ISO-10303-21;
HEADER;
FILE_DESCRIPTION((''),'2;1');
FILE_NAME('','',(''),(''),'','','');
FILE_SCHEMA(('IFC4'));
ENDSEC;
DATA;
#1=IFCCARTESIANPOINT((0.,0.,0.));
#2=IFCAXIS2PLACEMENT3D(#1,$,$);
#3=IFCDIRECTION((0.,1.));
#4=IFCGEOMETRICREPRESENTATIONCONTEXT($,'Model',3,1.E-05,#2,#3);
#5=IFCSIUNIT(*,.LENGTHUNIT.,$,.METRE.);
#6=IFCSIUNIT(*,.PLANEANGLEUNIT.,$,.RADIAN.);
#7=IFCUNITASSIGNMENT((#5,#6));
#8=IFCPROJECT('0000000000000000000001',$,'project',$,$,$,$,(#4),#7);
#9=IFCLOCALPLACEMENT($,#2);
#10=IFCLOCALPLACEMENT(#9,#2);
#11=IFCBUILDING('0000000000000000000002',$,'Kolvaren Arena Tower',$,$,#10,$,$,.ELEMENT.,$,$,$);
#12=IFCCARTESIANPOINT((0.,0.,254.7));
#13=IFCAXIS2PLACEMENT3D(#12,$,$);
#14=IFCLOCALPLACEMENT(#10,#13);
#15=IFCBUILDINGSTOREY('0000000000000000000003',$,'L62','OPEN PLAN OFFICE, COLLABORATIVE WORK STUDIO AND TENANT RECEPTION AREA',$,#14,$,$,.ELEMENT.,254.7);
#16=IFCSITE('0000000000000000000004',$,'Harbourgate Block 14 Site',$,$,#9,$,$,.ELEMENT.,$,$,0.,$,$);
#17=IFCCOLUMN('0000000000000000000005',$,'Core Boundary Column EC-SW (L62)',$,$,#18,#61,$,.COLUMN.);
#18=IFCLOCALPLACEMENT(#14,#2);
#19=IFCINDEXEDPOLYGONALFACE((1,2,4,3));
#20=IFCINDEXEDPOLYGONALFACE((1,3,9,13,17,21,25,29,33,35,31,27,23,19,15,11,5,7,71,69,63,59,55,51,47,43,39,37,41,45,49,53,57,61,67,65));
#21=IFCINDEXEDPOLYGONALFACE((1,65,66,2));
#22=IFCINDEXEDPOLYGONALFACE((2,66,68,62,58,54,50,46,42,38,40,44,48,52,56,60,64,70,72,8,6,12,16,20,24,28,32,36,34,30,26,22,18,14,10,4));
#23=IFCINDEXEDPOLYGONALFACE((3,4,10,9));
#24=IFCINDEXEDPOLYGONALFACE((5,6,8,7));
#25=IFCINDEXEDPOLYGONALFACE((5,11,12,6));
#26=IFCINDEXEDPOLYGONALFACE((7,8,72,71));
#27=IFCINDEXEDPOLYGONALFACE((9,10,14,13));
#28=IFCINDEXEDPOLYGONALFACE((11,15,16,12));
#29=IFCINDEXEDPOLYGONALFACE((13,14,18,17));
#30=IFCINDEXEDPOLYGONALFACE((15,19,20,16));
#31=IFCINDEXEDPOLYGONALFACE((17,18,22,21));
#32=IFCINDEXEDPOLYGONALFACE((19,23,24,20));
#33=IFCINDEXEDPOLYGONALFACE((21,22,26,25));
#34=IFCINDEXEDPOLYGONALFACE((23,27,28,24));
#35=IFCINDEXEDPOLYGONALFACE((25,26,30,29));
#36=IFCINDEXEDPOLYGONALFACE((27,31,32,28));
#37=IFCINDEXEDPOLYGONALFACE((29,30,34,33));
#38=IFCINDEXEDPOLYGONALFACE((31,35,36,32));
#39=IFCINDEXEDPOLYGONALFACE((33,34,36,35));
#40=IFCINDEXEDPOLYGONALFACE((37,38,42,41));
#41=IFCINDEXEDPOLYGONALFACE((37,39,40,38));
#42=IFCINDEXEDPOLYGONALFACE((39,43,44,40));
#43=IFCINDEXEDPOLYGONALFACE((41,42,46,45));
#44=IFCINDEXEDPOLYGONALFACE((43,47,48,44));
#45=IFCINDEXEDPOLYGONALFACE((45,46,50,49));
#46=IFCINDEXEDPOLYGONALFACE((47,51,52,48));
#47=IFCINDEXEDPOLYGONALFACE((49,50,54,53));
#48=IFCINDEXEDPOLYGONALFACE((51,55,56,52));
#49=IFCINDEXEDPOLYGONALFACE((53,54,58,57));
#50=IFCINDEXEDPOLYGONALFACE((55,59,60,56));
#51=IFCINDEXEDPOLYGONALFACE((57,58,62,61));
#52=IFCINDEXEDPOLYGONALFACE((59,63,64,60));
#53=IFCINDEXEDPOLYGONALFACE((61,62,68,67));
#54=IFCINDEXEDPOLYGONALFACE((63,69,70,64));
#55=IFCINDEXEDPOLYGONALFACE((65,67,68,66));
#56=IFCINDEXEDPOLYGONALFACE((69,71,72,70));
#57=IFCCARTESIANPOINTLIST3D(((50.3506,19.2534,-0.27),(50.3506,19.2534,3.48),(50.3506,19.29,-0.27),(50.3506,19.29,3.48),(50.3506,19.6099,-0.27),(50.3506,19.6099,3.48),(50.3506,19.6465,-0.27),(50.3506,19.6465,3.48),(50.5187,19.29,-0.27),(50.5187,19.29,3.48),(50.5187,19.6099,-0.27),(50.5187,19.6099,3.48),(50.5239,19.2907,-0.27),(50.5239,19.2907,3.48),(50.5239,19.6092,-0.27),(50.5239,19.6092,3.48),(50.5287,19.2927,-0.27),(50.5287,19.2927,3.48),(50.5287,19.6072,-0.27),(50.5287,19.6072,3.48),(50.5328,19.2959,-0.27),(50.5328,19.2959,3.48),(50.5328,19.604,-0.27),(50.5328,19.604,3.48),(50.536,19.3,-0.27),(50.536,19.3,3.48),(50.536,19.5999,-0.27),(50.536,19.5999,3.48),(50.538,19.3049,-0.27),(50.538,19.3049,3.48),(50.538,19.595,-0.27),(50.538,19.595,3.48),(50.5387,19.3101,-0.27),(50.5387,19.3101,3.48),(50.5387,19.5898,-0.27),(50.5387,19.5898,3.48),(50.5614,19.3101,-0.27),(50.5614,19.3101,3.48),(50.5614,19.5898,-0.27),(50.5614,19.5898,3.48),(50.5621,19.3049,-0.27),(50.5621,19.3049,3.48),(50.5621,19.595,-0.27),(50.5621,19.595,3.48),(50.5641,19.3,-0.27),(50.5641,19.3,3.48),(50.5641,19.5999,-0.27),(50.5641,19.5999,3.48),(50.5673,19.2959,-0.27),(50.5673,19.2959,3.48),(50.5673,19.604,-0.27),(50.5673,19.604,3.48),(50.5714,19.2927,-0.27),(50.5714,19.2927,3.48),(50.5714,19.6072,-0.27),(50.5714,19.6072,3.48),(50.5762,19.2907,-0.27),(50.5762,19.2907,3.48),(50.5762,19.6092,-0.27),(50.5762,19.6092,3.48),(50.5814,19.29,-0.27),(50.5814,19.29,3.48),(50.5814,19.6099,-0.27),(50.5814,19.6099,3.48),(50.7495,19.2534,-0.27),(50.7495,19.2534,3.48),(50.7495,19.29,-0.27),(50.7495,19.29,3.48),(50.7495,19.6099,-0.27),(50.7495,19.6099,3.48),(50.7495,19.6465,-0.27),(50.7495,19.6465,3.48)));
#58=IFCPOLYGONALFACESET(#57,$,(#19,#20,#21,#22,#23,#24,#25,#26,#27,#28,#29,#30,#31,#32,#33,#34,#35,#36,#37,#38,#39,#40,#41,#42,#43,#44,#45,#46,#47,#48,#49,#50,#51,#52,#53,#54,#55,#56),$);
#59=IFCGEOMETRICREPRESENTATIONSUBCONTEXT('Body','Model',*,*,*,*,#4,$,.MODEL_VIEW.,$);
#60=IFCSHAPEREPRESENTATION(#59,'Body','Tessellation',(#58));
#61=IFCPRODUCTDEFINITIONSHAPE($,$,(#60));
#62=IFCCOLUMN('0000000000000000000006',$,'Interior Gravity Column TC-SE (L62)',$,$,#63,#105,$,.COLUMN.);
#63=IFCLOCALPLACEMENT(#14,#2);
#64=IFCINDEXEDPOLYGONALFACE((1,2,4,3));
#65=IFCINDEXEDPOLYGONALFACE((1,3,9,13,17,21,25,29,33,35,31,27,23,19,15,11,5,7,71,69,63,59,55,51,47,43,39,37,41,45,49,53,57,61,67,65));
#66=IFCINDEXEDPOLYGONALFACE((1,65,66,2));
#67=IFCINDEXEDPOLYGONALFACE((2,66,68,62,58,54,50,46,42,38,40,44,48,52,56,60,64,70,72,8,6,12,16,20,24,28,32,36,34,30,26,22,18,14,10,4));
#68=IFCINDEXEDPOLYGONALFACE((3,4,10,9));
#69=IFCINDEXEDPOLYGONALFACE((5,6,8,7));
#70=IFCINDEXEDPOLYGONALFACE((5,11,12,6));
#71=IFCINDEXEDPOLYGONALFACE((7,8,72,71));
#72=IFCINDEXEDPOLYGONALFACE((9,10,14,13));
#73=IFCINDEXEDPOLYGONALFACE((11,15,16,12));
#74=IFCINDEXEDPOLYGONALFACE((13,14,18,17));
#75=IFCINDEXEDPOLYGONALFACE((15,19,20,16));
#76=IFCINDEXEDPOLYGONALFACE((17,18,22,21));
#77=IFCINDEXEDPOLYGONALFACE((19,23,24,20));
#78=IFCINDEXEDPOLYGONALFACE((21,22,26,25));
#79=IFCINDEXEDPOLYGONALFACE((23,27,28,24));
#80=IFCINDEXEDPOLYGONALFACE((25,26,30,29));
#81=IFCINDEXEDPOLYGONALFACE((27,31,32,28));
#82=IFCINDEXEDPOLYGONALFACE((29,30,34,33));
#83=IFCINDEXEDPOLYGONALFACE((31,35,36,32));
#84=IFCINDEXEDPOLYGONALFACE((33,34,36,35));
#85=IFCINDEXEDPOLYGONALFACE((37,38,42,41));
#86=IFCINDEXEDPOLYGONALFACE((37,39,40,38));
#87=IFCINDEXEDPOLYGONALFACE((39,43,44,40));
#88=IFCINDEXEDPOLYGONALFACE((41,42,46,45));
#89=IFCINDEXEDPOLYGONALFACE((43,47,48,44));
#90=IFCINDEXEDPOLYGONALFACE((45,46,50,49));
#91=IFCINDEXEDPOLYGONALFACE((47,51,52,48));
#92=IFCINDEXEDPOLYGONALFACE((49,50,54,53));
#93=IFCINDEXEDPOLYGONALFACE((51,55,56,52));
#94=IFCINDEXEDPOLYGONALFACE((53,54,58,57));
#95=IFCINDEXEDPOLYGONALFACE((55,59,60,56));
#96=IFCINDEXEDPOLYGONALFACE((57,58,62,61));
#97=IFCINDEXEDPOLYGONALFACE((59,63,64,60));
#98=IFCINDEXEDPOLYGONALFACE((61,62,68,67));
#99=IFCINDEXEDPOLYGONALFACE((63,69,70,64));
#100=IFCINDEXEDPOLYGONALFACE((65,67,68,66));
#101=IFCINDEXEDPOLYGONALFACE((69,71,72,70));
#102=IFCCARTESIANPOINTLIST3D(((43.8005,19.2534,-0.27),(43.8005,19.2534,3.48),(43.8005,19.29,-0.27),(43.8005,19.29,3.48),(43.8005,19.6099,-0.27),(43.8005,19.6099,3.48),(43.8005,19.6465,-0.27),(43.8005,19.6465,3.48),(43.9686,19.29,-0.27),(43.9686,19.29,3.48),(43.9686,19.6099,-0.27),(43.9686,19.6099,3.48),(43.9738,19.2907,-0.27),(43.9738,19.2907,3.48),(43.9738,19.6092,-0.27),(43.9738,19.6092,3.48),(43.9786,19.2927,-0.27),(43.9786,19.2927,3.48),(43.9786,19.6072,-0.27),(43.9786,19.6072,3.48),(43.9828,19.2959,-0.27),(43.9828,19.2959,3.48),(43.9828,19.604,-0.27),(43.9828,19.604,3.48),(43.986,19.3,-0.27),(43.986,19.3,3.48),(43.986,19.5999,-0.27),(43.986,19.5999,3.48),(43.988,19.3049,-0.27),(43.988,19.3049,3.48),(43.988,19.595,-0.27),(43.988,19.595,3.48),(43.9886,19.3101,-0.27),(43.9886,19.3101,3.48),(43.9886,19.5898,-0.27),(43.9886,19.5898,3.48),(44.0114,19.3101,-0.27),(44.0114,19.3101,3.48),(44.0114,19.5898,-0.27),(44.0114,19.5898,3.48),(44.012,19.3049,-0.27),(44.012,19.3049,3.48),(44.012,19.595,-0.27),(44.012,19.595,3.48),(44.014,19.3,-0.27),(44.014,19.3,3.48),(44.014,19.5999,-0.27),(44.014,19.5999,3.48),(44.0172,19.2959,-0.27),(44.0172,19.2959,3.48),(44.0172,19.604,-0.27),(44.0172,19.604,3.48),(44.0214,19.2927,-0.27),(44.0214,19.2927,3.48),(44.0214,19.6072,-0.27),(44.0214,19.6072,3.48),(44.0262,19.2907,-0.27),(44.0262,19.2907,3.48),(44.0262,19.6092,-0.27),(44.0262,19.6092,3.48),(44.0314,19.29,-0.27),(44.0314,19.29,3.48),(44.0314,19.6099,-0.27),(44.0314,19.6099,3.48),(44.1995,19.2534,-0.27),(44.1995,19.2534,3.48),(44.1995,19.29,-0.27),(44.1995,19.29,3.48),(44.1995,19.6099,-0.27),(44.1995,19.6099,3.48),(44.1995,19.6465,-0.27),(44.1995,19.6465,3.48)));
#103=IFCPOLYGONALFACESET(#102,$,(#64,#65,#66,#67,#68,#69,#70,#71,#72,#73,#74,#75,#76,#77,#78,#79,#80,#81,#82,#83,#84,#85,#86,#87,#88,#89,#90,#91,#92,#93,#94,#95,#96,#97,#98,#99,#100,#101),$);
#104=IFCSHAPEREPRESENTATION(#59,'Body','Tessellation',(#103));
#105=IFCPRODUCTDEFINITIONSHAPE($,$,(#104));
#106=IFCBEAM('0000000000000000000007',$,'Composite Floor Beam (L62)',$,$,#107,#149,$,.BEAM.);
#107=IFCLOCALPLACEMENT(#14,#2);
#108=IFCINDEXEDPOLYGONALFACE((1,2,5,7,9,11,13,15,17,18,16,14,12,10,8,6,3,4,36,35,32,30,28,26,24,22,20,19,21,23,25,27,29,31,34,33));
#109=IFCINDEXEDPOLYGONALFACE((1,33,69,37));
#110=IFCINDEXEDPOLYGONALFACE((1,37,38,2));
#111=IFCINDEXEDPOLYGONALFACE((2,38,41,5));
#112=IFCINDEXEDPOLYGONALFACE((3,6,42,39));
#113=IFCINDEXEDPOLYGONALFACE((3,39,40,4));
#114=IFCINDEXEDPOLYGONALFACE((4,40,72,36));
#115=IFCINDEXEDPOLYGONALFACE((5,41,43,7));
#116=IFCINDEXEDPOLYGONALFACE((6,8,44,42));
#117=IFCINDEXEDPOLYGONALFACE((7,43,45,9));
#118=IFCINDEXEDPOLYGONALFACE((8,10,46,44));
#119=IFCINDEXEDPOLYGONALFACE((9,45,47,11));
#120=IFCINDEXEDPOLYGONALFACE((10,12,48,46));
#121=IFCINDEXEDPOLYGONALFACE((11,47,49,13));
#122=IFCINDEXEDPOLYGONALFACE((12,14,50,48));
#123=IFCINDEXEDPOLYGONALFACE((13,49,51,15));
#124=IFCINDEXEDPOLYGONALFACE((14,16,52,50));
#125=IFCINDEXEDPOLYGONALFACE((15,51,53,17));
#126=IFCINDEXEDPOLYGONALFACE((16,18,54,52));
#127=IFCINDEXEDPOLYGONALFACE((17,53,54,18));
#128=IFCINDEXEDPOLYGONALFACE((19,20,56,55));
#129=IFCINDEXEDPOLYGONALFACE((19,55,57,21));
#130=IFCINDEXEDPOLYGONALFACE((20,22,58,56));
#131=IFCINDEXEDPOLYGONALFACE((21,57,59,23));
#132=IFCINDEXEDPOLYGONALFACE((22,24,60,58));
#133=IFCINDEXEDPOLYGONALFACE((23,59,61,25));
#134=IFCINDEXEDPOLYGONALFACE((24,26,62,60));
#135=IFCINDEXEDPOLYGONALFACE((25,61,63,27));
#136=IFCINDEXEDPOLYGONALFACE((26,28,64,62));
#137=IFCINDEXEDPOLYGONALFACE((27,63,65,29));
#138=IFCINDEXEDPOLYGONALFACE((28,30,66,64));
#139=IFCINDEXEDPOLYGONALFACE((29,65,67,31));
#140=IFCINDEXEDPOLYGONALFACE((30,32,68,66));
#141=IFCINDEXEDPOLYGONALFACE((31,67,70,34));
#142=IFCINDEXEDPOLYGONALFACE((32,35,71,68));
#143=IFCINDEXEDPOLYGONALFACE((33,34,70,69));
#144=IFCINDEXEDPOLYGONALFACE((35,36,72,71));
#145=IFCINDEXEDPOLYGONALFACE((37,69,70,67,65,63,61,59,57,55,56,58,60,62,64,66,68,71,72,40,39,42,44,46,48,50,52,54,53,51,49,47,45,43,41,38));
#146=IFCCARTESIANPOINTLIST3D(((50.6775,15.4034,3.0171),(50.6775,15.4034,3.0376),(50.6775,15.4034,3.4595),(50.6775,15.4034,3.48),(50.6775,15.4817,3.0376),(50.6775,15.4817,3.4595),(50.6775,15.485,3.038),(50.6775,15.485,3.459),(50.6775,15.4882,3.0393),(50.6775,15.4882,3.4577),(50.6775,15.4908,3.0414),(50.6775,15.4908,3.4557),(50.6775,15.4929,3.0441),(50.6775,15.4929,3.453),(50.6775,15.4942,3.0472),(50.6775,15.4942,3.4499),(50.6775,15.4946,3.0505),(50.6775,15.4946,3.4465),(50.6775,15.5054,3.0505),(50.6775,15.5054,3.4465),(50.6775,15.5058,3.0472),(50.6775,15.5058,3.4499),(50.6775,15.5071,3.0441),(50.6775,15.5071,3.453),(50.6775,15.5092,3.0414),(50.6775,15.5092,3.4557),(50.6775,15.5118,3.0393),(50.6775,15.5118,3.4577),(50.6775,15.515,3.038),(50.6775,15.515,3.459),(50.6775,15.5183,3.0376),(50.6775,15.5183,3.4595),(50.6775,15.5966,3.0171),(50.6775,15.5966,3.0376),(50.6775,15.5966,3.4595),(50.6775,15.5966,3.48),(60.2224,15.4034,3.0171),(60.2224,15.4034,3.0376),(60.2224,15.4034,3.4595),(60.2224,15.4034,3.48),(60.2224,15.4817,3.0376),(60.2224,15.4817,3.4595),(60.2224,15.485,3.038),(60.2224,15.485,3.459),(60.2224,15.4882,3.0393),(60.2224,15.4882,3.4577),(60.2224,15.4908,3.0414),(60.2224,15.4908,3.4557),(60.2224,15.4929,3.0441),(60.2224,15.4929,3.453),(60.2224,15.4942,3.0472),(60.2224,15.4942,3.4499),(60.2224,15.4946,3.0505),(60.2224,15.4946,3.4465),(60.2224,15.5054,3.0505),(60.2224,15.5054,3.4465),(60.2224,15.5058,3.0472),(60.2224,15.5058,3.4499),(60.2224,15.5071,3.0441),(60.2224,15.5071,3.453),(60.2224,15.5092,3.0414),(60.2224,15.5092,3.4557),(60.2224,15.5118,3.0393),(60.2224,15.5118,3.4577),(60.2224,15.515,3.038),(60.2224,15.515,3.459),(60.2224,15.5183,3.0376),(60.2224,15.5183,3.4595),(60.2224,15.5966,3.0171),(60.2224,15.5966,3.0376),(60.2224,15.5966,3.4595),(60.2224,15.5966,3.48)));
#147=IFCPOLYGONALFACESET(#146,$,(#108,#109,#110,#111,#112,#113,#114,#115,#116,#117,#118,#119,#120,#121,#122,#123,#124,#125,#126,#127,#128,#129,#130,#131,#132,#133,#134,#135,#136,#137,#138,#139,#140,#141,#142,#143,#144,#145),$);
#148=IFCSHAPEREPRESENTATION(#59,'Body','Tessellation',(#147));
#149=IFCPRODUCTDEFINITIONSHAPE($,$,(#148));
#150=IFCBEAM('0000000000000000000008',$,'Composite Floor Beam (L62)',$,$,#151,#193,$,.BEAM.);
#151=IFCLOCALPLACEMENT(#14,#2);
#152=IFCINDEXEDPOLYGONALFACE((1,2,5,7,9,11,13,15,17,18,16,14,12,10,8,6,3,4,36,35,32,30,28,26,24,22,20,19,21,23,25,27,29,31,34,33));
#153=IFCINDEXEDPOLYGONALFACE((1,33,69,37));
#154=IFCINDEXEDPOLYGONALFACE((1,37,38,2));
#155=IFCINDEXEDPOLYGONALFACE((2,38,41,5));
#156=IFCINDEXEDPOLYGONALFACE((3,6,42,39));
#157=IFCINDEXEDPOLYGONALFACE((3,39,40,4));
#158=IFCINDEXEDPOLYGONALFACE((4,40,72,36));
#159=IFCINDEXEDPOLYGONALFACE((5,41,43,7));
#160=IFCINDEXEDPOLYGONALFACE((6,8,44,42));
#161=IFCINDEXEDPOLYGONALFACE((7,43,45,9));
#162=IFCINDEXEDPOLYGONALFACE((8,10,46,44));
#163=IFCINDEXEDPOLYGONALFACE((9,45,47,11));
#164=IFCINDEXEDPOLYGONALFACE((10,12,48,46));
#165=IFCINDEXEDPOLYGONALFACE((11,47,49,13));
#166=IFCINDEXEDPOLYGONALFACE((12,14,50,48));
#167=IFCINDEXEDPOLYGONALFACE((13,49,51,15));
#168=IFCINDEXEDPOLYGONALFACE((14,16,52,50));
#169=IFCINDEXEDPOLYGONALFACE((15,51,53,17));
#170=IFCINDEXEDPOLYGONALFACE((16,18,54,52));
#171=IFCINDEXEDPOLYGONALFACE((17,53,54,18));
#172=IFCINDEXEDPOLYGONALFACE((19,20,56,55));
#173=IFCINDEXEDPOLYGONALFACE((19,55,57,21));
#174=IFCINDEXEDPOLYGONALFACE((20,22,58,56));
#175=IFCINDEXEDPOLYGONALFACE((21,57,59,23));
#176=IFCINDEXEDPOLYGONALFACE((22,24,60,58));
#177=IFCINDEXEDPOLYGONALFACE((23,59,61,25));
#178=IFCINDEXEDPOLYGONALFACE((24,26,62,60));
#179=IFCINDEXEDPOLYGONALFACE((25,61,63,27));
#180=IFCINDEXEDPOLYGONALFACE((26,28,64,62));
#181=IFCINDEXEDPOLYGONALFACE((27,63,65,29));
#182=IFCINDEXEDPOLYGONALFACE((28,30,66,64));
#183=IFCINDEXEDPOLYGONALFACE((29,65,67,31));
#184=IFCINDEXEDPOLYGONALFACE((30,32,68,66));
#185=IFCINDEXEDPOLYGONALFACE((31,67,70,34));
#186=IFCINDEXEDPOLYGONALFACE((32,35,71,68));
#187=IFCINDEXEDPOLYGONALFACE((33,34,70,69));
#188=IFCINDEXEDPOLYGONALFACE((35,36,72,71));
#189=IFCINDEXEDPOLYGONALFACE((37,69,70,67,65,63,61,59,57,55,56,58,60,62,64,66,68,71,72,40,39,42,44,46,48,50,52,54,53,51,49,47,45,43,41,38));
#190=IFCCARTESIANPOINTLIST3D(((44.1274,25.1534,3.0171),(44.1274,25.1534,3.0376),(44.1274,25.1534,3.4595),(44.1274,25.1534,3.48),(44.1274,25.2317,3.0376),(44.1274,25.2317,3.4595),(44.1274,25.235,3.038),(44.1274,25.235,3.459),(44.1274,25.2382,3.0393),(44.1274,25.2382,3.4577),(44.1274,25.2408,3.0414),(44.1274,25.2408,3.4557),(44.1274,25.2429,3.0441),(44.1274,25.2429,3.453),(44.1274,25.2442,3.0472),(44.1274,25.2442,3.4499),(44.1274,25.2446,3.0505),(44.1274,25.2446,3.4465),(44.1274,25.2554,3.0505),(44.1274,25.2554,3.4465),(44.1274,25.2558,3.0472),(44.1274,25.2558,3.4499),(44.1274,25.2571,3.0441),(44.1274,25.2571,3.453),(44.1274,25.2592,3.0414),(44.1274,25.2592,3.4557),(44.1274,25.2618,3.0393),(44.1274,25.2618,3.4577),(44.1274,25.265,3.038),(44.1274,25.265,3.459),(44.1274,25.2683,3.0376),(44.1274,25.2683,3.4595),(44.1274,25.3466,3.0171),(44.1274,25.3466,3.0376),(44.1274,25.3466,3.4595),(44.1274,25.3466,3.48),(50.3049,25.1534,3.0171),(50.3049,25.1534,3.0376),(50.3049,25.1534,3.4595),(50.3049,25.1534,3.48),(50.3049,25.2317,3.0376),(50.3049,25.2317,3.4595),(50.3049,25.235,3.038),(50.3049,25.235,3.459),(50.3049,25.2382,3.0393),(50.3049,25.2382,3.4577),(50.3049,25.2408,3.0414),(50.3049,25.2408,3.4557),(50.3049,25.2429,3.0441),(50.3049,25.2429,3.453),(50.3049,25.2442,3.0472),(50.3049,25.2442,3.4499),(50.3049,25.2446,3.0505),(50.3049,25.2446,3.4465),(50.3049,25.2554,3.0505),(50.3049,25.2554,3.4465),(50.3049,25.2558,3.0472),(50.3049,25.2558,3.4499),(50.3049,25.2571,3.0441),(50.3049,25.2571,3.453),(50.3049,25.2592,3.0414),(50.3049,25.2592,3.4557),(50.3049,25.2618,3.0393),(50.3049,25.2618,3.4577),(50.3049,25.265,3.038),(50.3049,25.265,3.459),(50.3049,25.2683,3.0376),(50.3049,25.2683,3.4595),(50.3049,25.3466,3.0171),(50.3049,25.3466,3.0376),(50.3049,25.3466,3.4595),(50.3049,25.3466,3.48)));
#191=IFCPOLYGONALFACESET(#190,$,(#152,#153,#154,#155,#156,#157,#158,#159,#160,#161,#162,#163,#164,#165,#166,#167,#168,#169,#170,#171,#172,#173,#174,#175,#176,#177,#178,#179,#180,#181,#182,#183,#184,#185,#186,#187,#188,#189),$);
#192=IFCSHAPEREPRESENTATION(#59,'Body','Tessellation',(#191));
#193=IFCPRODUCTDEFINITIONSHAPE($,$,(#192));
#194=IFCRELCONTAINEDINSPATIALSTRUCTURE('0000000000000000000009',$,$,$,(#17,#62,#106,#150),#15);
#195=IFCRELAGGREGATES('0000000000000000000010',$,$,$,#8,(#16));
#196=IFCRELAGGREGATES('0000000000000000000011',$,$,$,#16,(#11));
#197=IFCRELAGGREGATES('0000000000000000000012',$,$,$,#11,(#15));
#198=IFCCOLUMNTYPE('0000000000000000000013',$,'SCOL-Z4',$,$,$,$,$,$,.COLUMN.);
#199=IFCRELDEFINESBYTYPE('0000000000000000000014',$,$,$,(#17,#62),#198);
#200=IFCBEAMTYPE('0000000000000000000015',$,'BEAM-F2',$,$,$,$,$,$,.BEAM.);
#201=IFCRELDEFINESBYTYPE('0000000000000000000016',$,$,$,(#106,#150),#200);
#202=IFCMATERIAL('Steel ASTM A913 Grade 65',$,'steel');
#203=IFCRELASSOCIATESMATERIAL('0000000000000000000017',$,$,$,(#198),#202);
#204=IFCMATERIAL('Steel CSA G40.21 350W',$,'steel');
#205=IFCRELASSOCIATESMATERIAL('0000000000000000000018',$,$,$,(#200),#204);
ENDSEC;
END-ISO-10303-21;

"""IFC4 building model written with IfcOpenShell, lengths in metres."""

from ifc_helpers import new_model, si_unit, direction, frame, origin, origin_2d, place, context, subcontext, project, spatial, i_section, extrude, material, material_profile, profile_set, type_object, element, save


model = new_model("IFC4")

# Units and contexts
model_context = context("Model", 3, precision=1e-05, world=origin(), true_north=direction((0.0, 1.0)))
body_context = subcontext(model_context, "Body", "Model", "MODEL_VIEW")
ifc_project = project(units=[si_unit("LENGTHUNIT", "METRE"), si_unit("PLANEANGLEUNIT", "RADIAN")], contexts=[model_context])

# Site, building, storey
site_placement = place(None, origin())
site = spatial("IfcSite", under=ifc_project, at=site_placement, Name="Harbourgate Block 14 Site", CompositionType="ELEMENT", RefElevation=0.0)
building_placement = place(site_placement, origin())
building = spatial("IfcBuilding", under=site, at=building_placement, Name="Kolvaren Arena Tower", CompositionType="ELEMENT")
storey_placement = place(building_placement, frame((0.0, 0.0, 254.7)))
storey = spatial("IfcBuildingStorey", under=building, at=storey_placement, Name="L62", Description="OPEN PLAN OFFICE, COLLABORATIVE WORK STUDIO AND TENANT RECEPTION AREA", CompositionType="ELEMENT", Elevation=254.7)

# Columns
ifc_material_1 = material(Name="Steel ASTM A913 Grade 65", Category="steel")
ifc_material_profile_1 = material_profile(ifc_material_1, i_section(OverallWidth=0.3989, OverallDepth=0.3931, WebThickness=0.0227, FlangeThickness=0.0366, FilletRadius=0.02, at=origin_2d()), Name="W360x287")
ifc_profile_set_1 = profile_set([ifc_material_profile_1], Name="Steel ASTM A913 Grade 65")
column_type = type_object("IfcColumnType", Name="SCOL-Z4", PredefinedType="COLUMN", material=ifc_profile_set_1)
for number, where, z_axis, x_axis, name in (
    (1, (50.55, 19.45, -0.27), (0.0, 0.0, 1.0), (1.0, 0.0, 0.0), "Core Boundary Column EC-SW (L62)"),
    (2, (44.0, 19.45, -0.27), (0.0, 0.0, 1.0), (1.0, 0.0, 0.0), "Interior Gravity Column TC-SE (L62)"),
):
    element("IfcColumn", number, at=place(storey_placement, frame(where, z_axis=z_axis, x_axis=x_axis)), inside=storey, type_object=column_type, Name=name, PredefinedType="COLUMN", context=body_context, shape_type="SweptSolid", body=[
        extrude(i_section(OverallWidth=0.3989, OverallDepth=0.3931, WebThickness=0.0227, FlangeThickness=0.0366, FilletRadius=0.02, at=origin_2d()), origin(), (0.0, 0.0, 1.0), 3.75),
    ])

# Beams
ifc_material_2 = material(Name="Steel CSA G40.21 350W", Category="steel")
ifc_material_profile_2 = material_profile(ifc_material_2, i_section(OverallWidth=0.1931, OverallDepth=0.4629, WebThickness=0.0107, FlangeThickness=0.0205, FilletRadius=0.0129, at=origin_2d()), Name="W460x113")
ifc_profile_set_2 = profile_set([ifc_material_profile_2], Name="Steel CSA G40.21 350W")
beam_type_1 = type_object("IfcBeamType", Name="BEAM-F2", PredefinedType="BEAM", material=ifc_profile_set_2)
beam_1_placement = place(storey_placement, frame((50.6775, 15.5, 3.2485), z_axis=(1.0, 0.0, 0.0), x_axis=(0.0, 1.0, 0.0)))
element("IfcBeam", 3, at=beam_1_placement, inside=storey, type_object=beam_type_1, Name="Composite Floor Beam (L62)", PredefinedType="BEAM", context=body_context, shape_type="SweptSolid", body=[
    extrude(i_section(OverallWidth=0.1931, OverallDepth=0.4629, WebThickness=0.0107, FlangeThickness=0.0205, FilletRadius=0.0129, at=origin_2d()), origin(), (0.0, 0.0, 1.0), 9.5449),
])
beam_2_placement = place(storey_placement, frame((44.1274, 25.25, 3.2485), z_axis=(1.0, 0.0, 0.0), x_axis=(0.0, 1.0, 0.0)))
element("IfcBeam", 4, at=beam_2_placement, inside=storey, type_object=beam_type_1, Name="Composite Floor Beam (L62)", PredefinedType="BEAM", context=body_context, shape_type="SweptSolid", body=[
    extrude(i_section(OverallWidth=0.1931, OverallDepth=0.4629, WebThickness=0.0107, FlangeThickness=0.0205, FilletRadius=0.0129, at=origin_2d()), origin(), (0.0, 0.0, 1.0), 6.1775),
])

save(model, "model.ifc")
